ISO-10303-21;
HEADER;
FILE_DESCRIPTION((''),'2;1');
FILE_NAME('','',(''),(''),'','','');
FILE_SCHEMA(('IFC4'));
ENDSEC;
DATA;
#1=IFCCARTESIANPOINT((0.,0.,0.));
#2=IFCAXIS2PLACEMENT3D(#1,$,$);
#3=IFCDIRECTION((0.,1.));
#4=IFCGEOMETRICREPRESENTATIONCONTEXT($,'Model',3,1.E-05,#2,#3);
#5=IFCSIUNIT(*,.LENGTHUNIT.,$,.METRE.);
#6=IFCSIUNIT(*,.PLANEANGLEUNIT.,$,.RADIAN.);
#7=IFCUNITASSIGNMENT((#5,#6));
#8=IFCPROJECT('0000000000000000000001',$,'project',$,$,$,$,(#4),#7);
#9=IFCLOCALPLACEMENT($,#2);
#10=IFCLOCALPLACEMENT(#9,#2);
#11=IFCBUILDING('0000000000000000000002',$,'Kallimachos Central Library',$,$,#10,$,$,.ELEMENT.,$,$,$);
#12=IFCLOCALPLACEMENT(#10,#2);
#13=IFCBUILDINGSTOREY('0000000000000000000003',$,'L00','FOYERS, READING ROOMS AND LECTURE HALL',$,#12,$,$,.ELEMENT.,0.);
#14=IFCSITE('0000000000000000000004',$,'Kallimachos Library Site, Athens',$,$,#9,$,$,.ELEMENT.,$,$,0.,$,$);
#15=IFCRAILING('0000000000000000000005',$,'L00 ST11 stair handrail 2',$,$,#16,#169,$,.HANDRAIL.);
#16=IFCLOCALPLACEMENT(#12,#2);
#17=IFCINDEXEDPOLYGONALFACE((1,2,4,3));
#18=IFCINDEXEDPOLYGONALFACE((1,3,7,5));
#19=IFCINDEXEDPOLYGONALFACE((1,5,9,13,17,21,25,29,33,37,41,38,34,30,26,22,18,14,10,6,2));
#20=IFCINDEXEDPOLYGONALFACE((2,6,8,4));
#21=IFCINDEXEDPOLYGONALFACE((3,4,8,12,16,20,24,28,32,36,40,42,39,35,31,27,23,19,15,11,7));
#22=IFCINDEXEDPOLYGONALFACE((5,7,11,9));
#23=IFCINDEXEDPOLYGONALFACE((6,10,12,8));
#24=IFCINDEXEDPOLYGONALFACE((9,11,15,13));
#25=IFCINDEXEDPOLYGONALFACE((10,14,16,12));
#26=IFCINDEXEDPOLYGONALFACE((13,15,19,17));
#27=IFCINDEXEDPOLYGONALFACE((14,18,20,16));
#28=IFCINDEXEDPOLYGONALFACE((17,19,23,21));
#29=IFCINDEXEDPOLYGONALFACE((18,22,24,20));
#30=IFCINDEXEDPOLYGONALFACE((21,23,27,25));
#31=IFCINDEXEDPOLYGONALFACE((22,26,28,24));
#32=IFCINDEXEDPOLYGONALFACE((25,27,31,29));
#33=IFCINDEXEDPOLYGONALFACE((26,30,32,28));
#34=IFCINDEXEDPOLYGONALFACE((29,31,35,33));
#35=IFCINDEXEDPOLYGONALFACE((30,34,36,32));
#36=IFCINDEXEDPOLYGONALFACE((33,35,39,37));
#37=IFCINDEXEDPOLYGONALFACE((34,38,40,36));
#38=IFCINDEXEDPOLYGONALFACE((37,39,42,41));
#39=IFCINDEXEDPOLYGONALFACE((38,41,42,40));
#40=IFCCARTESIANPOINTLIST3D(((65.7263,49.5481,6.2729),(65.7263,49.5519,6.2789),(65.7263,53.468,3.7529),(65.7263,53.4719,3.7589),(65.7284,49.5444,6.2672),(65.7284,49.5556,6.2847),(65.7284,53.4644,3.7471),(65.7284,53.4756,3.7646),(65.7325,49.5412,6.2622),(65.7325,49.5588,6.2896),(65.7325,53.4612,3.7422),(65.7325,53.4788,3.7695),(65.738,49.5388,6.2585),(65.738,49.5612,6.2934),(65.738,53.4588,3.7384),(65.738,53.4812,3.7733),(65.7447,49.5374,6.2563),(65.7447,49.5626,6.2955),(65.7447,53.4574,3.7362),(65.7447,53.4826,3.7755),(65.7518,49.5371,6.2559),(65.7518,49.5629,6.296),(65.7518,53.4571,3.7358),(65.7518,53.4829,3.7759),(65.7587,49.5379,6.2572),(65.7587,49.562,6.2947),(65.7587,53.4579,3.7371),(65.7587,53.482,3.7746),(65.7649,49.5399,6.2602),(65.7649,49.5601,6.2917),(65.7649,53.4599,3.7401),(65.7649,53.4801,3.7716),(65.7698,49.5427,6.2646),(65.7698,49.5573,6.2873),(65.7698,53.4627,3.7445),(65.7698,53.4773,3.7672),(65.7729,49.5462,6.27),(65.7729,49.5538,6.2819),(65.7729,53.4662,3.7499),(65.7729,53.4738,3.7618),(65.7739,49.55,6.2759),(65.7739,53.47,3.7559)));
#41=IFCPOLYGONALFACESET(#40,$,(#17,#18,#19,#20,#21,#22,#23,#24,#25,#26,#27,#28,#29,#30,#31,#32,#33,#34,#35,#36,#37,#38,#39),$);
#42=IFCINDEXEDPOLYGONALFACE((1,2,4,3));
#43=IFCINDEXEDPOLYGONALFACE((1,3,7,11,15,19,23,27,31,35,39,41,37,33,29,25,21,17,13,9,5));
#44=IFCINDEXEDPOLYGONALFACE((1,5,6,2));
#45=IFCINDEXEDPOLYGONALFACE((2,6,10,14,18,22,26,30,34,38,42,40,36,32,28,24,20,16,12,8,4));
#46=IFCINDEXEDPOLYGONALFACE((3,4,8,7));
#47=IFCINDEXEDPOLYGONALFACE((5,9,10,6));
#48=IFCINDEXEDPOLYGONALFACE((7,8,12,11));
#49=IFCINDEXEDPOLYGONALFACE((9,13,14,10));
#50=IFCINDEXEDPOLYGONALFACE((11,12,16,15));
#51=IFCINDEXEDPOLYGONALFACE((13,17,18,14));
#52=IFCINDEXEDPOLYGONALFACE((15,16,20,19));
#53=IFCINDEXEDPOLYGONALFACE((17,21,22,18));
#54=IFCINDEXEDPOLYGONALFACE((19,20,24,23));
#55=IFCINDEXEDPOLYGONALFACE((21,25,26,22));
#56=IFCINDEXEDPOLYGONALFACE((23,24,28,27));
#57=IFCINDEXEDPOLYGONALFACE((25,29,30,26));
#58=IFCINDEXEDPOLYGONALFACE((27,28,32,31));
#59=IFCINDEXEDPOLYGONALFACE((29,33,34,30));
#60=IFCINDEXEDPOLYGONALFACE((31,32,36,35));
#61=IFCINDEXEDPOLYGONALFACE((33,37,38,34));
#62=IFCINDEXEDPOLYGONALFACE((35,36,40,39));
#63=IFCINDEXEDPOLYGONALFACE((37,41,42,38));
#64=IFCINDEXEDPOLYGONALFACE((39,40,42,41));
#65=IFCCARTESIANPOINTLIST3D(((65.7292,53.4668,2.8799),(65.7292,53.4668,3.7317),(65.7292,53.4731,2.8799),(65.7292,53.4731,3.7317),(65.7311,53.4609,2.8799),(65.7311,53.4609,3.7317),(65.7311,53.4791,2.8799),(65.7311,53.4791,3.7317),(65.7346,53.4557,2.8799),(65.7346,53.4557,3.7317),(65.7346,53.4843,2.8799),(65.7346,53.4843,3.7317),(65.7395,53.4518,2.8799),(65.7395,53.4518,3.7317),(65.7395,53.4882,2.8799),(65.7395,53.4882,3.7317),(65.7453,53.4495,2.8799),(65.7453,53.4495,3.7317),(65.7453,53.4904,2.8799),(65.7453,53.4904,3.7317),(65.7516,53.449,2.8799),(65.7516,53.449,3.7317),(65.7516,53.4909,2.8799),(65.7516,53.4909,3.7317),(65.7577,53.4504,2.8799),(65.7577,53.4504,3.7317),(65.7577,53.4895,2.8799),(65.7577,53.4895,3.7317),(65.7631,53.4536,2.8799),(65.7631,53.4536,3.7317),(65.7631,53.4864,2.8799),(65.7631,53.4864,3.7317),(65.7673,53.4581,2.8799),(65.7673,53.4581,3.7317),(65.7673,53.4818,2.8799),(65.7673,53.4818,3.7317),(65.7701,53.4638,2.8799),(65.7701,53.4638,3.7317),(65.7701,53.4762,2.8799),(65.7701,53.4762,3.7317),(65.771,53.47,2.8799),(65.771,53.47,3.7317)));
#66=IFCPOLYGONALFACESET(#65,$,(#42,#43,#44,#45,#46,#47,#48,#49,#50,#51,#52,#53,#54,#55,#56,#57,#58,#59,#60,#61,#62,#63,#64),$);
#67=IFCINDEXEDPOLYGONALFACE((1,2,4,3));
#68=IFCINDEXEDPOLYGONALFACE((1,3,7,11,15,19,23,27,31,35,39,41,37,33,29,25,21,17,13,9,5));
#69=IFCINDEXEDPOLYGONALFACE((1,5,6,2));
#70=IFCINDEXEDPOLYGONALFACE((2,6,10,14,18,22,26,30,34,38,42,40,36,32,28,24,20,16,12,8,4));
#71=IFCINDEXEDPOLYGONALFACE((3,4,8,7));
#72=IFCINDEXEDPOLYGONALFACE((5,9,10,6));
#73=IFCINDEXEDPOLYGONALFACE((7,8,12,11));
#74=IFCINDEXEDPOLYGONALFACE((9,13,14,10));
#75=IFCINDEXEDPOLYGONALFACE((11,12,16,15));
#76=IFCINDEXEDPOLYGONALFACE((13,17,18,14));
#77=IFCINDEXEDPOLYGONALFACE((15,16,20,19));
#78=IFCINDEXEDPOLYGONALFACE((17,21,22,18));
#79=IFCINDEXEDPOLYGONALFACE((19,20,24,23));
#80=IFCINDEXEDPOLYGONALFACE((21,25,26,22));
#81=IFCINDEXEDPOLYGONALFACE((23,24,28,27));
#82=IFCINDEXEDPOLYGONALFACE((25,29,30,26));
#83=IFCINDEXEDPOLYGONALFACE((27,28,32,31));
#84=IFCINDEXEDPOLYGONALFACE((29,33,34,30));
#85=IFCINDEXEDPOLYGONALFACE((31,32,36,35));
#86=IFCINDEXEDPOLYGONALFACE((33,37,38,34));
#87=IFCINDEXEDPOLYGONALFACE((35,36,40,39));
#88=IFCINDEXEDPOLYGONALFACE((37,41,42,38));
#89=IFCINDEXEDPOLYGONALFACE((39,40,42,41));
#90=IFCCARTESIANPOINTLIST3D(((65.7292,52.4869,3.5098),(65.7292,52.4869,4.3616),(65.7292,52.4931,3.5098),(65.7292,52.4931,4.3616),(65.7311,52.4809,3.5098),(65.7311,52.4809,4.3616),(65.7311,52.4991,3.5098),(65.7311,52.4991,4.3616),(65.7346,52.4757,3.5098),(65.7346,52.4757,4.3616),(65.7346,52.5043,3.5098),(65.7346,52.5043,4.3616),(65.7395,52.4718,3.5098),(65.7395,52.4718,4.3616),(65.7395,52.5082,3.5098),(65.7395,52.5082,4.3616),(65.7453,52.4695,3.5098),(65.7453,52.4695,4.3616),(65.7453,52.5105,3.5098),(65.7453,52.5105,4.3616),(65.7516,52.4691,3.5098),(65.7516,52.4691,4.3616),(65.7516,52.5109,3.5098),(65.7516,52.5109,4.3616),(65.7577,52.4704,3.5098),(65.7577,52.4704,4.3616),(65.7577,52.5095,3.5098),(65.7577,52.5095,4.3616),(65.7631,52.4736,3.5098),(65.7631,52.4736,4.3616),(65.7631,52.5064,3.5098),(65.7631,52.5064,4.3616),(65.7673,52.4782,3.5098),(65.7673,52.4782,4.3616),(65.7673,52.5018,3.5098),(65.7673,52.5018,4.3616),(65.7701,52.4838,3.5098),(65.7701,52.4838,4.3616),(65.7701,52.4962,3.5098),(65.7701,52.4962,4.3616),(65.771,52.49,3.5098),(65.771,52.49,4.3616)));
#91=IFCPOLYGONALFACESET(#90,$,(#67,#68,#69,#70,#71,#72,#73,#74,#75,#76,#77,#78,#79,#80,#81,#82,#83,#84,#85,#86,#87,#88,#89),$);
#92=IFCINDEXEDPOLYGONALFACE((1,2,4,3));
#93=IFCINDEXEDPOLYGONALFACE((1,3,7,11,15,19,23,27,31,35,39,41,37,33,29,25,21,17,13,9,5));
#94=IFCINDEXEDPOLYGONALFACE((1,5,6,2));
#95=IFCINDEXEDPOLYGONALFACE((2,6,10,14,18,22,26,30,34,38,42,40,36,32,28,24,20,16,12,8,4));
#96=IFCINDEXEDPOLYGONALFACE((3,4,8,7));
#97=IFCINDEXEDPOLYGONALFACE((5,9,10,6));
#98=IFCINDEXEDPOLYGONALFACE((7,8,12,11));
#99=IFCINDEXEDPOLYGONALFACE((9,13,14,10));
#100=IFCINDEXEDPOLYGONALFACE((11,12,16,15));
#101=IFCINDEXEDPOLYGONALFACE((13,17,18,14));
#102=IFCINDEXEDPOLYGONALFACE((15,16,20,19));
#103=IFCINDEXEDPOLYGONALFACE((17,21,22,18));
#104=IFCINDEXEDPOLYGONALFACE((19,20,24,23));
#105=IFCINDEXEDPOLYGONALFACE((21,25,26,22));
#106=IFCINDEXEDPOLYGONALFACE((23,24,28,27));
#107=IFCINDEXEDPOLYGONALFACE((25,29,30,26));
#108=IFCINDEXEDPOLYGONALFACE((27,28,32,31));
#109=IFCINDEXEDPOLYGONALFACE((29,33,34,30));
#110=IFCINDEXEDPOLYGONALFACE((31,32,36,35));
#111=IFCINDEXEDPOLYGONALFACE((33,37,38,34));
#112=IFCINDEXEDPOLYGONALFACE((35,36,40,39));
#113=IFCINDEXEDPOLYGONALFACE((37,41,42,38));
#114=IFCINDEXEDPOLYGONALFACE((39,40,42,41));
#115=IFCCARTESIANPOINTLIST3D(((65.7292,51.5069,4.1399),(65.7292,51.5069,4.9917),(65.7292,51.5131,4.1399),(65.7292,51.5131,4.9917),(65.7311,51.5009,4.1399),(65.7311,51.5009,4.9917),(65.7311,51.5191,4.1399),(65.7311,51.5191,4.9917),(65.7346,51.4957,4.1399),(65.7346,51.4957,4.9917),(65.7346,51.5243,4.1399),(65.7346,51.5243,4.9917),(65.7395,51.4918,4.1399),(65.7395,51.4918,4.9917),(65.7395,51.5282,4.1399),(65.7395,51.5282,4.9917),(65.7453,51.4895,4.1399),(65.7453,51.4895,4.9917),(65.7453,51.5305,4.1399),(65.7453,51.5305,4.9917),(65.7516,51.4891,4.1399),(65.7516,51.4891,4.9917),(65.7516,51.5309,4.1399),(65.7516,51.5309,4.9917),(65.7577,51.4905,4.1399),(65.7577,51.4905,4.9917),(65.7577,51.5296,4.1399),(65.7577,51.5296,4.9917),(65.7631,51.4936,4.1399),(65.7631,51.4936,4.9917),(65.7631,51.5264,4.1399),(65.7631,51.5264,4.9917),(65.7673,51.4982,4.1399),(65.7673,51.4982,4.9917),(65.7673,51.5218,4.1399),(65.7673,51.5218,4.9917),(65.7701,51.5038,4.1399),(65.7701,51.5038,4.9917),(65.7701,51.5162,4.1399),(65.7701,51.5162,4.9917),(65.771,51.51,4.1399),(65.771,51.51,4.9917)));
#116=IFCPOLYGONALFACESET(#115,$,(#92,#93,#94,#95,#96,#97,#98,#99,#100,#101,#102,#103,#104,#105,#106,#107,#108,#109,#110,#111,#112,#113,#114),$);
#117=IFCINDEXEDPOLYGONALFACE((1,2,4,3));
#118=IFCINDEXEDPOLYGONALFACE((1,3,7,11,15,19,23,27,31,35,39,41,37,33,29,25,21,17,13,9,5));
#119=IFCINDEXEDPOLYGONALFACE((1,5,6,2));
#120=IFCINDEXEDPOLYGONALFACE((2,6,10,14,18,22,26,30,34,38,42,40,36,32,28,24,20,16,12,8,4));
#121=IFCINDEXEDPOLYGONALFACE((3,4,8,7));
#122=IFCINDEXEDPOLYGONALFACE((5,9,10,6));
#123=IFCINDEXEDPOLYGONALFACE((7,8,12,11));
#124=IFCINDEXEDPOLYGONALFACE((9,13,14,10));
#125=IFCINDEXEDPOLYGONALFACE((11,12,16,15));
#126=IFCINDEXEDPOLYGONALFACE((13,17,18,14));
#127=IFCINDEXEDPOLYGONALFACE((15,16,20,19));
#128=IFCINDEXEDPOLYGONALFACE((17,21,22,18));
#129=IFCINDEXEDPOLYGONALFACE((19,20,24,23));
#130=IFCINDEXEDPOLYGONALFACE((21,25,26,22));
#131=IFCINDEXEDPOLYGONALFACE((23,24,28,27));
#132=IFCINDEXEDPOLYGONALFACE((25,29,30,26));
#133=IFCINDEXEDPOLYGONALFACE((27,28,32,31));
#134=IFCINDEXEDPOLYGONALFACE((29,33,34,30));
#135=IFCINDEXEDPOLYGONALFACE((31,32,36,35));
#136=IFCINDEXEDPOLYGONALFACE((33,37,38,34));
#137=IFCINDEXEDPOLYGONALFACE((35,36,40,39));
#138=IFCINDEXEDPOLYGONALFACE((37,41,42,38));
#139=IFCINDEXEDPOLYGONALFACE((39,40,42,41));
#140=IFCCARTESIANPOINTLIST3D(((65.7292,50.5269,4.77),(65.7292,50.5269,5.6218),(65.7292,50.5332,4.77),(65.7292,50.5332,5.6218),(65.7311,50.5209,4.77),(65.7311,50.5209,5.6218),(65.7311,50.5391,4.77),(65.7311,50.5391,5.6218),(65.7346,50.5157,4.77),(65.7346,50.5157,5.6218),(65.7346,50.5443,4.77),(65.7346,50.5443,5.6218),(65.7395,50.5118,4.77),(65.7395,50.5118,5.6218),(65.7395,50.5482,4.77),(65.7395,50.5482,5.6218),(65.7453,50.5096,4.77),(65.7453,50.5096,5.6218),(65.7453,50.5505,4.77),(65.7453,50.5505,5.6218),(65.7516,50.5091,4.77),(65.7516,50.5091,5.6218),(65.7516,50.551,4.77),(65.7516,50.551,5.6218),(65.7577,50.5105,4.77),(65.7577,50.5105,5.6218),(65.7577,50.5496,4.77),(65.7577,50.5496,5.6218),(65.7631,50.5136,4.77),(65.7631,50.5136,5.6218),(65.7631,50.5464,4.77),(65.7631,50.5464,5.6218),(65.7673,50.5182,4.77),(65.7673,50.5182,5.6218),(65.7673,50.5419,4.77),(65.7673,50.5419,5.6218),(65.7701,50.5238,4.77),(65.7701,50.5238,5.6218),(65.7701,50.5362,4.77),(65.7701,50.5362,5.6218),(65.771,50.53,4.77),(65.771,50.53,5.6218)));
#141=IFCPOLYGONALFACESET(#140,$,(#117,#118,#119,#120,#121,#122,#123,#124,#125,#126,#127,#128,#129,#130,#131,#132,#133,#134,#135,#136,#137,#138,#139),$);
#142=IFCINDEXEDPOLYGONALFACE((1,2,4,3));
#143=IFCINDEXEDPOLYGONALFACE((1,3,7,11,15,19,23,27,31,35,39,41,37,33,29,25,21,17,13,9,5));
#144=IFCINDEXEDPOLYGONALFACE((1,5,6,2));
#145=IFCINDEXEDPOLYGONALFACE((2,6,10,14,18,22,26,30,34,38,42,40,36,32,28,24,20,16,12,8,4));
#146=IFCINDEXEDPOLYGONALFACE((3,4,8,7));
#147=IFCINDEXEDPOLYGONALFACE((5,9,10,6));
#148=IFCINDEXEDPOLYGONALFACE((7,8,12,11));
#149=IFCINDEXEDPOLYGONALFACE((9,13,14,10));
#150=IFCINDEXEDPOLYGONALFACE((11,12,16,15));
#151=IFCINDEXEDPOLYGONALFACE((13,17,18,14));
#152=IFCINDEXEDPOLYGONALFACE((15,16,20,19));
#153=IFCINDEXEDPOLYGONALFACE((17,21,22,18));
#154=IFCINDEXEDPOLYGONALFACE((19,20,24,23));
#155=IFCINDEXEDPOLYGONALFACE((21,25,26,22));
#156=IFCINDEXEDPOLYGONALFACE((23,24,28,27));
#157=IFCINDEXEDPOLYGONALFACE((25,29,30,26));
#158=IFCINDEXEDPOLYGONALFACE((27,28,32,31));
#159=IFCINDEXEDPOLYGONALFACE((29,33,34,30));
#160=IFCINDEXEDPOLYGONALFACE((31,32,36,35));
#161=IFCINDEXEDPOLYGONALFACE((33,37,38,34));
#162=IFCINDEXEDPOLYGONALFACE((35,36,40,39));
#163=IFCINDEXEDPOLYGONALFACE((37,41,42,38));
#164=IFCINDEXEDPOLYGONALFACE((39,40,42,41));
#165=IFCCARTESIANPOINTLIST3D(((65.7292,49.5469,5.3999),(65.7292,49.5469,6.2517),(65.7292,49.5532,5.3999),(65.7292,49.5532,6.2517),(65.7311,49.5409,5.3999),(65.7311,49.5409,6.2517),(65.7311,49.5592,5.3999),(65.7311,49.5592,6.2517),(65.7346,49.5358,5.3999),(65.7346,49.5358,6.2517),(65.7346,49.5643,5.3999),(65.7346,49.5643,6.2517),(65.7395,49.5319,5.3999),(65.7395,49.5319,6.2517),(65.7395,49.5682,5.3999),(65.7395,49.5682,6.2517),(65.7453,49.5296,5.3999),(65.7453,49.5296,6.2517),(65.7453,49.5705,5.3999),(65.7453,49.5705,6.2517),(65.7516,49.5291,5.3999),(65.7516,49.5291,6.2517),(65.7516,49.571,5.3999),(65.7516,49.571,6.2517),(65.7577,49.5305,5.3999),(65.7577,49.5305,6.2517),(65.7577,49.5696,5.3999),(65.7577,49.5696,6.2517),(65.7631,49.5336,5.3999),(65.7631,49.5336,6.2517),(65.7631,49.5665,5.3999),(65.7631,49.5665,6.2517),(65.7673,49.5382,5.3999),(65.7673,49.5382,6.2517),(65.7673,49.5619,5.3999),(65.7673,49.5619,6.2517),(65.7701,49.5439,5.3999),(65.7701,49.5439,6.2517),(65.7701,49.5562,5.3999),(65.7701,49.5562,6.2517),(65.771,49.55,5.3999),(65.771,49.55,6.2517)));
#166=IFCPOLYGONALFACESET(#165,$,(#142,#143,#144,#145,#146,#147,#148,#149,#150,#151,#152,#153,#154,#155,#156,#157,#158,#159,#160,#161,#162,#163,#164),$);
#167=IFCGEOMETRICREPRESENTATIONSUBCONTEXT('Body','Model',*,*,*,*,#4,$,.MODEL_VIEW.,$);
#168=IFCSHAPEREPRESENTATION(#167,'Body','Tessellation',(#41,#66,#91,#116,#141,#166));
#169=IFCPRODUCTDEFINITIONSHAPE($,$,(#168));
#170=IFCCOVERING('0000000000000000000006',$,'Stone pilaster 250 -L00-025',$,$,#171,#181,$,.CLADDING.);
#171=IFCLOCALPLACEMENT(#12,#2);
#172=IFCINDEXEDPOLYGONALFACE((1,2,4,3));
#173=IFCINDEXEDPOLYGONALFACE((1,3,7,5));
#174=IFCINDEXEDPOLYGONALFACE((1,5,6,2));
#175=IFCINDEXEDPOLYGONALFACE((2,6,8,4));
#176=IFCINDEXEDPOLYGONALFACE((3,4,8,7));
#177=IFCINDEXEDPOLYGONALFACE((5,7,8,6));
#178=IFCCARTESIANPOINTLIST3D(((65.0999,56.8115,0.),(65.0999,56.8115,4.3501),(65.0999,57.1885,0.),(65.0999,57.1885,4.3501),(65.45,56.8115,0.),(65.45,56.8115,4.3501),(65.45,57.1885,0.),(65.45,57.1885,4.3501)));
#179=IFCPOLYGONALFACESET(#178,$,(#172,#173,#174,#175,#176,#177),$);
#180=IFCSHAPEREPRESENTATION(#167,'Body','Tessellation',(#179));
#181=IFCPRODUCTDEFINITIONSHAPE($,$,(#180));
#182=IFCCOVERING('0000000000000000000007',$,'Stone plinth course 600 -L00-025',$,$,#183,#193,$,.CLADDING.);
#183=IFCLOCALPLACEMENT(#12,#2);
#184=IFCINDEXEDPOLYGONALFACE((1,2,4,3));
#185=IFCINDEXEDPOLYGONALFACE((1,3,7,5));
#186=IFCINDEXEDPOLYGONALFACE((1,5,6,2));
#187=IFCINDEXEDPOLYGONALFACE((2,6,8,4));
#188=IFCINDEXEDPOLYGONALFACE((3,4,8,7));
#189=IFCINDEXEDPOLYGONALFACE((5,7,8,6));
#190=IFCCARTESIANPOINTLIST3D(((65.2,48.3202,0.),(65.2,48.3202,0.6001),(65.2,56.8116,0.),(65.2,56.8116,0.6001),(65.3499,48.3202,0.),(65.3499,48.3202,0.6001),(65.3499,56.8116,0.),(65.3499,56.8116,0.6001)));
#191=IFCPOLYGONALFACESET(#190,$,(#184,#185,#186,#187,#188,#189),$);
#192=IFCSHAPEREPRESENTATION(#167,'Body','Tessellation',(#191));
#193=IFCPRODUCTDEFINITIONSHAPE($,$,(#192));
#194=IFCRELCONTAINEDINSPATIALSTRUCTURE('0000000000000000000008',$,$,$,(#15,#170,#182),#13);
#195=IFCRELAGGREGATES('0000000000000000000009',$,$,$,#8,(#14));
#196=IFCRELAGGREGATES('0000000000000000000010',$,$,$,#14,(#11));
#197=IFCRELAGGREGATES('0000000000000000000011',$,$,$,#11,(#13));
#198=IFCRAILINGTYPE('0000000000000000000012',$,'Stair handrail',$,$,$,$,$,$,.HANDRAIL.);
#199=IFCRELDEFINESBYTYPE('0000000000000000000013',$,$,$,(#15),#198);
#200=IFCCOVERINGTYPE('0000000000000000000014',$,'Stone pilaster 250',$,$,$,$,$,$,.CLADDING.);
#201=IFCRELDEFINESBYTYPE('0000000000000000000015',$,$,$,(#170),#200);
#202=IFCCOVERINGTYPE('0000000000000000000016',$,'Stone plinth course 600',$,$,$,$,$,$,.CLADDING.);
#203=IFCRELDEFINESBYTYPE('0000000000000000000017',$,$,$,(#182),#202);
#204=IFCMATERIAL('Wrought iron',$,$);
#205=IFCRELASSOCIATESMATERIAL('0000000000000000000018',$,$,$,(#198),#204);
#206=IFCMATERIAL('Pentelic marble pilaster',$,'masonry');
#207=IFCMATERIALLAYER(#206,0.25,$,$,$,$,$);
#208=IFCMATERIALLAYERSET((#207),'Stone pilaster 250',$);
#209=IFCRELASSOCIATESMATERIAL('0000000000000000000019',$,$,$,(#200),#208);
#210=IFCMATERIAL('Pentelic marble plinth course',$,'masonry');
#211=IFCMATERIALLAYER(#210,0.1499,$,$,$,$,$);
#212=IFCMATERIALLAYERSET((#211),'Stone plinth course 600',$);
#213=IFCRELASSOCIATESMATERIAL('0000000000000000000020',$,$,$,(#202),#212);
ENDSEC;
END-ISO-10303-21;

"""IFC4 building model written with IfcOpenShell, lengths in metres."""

from ifc_helpers import new_model, si_unit, direction, frame, origin, origin_2d, place, context, subcontext, project, spatial, rectangle, circle, extrude, material, layer, layer_set, type_object, element, save


model = new_model("IFC4")

# Units and contexts
model_context = context("Model", 3, precision=1e-05, world=origin(), true_north=direction((0.0, 1.0)))
body_context = subcontext(model_context, "Body", "Model", "MODEL_VIEW")
ifc_project = project(units=[si_unit("LENGTHUNIT", "METRE"), si_unit("PLANEANGLEUNIT", "RADIAN")], contexts=[model_context])

# Site, building, storey
site_placement = place(None, origin())
site = spatial("IfcSite", under=ifc_project, at=site_placement, Name="Kallimachos Library Site, Athens", CompositionType="ELEMENT", RefElevation=0.0)
building_placement = place(site_placement, origin())
building = spatial("IfcBuilding", under=site, at=building_placement, Name="Kallimachos Central Library", CompositionType="ELEMENT")
storey_placement = place(building_placement, origin())
storey = spatial("IfcBuildingStorey", under=building, at=storey_placement, Name="L00", Description="FOYERS, READING ROOMS AND LECTURE HALL", CompositionType="ELEMENT", Elevation=0.0)

# Railing
ifc_material_1 = material(Name="Wrought iron")
railing_type_1 = type_object("IfcRailingType", Name="Stair handrail", PredefinedType="HANDRAIL", material=ifc_material_1)
railing_1_placement = place(storey_placement, frame((65.75, 53.47, 2.8799)))
element("IfcRailing", 1, at=railing_1_placement, inside=storey, type_object=railing_type_1, Name="L00 ST11 stair handrail 2", PredefinedType="HANDRAIL", context=body_context, shape_type="SweptSolid", body=[
    extrude(circle(Radius=0.0239, at=origin_2d()), frame((0.0, 0.0, 0.876), z_axis=(0.0, -0.841172, 0.540768), x_axis=(1.0, 0.0, 0.0)), (0.0, 0.0, 1.0), 4.6602),
    extrude(circle(Radius=0.021, at=origin_2d()), origin(), (0.0, 0.0, 1.0), 0.8518),
    extrude(circle(Radius=0.021, at=origin_2d()), frame((0.0, -0.98, 0.6299)), (0.0, 0.0, 1.0), 0.8518),
    extrude(circle(Radius=0.021, at=origin_2d()), frame((0.0, -1.96, 1.26)), (0.0, 0.0, 1.0), 0.8518),
    extrude(circle(Radius=0.021, at=origin_2d()), frame((0.0, -2.9399, 1.8901)), (0.0, 0.0, 1.0), 0.8518),
    extrude(circle(Radius=0.021, at=origin_2d()), frame((0.0, -3.9199, 2.52)), (0.0, 0.0, 1.0), 0.8518),
])

# Coverings
ifc_material_2 = material(Name="Pentelic marble pilaster", Category="masonry")
ifc_layer_1 = layer(ifc_material_2, 0.25)
ifc_layer_set_1 = layer_set([ifc_layer_1], Name="Stone pilaster 250")
covering_type_1 = type_object("IfcCoveringType", Name="Stone pilaster 250", PredefinedType="CLADDING", material=ifc_layer_set_1)
covering_1_placement = place(storey_placement, frame((65.2749, 57.0, 0.0), z_axis=(0.0, 0.0, 1.0), x_axis=(1.0, 0.0, 0.0)))
element("IfcCovering", 2, at=covering_1_placement, inside=storey, type_object=covering_type_1, Name="Stone pilaster 250 -L00-025", PredefinedType="CLADDING", context=body_context, shape_type="SweptSolid", body=[
    extrude(rectangle(XDim=0.3501, YDim=0.377, at=origin_2d()), origin(), (0.0, 0.0, 1.0), 4.3501),
])
ifc_material_3 = material(Name="Pentelic marble plinth course", Category="masonry")
ifc_layer_2 = layer(ifc_material_3, 0.1499)
ifc_layer_set_2 = layer_set([ifc_layer_2], Name="Stone plinth course 600")
covering_type_2 = type_object("IfcCoveringType", Name="Stone plinth course 600", PredefinedType="CLADDING", material=ifc_layer_set_2)
covering_2_placement = place(storey_placement, frame((65.2749, 52.5659, 0.0), z_axis=(0.0, 0.0, 1.0), x_axis=(1.0, 0.0, 0.0)))
element("IfcCovering", 3, at=covering_2_placement, inside=storey, type_object=covering_type_2, Name="Stone plinth course 600 -L00-025", PredefinedType="CLADDING", context=body_context, shape_type="SweptSolid", body=[
    extrude(rectangle(XDim=0.1499, YDim=8.4915, at=origin_2d()), origin(), (0.0, 0.0, 1.0), 0.6001),
])

save(model, "model.ifc")
